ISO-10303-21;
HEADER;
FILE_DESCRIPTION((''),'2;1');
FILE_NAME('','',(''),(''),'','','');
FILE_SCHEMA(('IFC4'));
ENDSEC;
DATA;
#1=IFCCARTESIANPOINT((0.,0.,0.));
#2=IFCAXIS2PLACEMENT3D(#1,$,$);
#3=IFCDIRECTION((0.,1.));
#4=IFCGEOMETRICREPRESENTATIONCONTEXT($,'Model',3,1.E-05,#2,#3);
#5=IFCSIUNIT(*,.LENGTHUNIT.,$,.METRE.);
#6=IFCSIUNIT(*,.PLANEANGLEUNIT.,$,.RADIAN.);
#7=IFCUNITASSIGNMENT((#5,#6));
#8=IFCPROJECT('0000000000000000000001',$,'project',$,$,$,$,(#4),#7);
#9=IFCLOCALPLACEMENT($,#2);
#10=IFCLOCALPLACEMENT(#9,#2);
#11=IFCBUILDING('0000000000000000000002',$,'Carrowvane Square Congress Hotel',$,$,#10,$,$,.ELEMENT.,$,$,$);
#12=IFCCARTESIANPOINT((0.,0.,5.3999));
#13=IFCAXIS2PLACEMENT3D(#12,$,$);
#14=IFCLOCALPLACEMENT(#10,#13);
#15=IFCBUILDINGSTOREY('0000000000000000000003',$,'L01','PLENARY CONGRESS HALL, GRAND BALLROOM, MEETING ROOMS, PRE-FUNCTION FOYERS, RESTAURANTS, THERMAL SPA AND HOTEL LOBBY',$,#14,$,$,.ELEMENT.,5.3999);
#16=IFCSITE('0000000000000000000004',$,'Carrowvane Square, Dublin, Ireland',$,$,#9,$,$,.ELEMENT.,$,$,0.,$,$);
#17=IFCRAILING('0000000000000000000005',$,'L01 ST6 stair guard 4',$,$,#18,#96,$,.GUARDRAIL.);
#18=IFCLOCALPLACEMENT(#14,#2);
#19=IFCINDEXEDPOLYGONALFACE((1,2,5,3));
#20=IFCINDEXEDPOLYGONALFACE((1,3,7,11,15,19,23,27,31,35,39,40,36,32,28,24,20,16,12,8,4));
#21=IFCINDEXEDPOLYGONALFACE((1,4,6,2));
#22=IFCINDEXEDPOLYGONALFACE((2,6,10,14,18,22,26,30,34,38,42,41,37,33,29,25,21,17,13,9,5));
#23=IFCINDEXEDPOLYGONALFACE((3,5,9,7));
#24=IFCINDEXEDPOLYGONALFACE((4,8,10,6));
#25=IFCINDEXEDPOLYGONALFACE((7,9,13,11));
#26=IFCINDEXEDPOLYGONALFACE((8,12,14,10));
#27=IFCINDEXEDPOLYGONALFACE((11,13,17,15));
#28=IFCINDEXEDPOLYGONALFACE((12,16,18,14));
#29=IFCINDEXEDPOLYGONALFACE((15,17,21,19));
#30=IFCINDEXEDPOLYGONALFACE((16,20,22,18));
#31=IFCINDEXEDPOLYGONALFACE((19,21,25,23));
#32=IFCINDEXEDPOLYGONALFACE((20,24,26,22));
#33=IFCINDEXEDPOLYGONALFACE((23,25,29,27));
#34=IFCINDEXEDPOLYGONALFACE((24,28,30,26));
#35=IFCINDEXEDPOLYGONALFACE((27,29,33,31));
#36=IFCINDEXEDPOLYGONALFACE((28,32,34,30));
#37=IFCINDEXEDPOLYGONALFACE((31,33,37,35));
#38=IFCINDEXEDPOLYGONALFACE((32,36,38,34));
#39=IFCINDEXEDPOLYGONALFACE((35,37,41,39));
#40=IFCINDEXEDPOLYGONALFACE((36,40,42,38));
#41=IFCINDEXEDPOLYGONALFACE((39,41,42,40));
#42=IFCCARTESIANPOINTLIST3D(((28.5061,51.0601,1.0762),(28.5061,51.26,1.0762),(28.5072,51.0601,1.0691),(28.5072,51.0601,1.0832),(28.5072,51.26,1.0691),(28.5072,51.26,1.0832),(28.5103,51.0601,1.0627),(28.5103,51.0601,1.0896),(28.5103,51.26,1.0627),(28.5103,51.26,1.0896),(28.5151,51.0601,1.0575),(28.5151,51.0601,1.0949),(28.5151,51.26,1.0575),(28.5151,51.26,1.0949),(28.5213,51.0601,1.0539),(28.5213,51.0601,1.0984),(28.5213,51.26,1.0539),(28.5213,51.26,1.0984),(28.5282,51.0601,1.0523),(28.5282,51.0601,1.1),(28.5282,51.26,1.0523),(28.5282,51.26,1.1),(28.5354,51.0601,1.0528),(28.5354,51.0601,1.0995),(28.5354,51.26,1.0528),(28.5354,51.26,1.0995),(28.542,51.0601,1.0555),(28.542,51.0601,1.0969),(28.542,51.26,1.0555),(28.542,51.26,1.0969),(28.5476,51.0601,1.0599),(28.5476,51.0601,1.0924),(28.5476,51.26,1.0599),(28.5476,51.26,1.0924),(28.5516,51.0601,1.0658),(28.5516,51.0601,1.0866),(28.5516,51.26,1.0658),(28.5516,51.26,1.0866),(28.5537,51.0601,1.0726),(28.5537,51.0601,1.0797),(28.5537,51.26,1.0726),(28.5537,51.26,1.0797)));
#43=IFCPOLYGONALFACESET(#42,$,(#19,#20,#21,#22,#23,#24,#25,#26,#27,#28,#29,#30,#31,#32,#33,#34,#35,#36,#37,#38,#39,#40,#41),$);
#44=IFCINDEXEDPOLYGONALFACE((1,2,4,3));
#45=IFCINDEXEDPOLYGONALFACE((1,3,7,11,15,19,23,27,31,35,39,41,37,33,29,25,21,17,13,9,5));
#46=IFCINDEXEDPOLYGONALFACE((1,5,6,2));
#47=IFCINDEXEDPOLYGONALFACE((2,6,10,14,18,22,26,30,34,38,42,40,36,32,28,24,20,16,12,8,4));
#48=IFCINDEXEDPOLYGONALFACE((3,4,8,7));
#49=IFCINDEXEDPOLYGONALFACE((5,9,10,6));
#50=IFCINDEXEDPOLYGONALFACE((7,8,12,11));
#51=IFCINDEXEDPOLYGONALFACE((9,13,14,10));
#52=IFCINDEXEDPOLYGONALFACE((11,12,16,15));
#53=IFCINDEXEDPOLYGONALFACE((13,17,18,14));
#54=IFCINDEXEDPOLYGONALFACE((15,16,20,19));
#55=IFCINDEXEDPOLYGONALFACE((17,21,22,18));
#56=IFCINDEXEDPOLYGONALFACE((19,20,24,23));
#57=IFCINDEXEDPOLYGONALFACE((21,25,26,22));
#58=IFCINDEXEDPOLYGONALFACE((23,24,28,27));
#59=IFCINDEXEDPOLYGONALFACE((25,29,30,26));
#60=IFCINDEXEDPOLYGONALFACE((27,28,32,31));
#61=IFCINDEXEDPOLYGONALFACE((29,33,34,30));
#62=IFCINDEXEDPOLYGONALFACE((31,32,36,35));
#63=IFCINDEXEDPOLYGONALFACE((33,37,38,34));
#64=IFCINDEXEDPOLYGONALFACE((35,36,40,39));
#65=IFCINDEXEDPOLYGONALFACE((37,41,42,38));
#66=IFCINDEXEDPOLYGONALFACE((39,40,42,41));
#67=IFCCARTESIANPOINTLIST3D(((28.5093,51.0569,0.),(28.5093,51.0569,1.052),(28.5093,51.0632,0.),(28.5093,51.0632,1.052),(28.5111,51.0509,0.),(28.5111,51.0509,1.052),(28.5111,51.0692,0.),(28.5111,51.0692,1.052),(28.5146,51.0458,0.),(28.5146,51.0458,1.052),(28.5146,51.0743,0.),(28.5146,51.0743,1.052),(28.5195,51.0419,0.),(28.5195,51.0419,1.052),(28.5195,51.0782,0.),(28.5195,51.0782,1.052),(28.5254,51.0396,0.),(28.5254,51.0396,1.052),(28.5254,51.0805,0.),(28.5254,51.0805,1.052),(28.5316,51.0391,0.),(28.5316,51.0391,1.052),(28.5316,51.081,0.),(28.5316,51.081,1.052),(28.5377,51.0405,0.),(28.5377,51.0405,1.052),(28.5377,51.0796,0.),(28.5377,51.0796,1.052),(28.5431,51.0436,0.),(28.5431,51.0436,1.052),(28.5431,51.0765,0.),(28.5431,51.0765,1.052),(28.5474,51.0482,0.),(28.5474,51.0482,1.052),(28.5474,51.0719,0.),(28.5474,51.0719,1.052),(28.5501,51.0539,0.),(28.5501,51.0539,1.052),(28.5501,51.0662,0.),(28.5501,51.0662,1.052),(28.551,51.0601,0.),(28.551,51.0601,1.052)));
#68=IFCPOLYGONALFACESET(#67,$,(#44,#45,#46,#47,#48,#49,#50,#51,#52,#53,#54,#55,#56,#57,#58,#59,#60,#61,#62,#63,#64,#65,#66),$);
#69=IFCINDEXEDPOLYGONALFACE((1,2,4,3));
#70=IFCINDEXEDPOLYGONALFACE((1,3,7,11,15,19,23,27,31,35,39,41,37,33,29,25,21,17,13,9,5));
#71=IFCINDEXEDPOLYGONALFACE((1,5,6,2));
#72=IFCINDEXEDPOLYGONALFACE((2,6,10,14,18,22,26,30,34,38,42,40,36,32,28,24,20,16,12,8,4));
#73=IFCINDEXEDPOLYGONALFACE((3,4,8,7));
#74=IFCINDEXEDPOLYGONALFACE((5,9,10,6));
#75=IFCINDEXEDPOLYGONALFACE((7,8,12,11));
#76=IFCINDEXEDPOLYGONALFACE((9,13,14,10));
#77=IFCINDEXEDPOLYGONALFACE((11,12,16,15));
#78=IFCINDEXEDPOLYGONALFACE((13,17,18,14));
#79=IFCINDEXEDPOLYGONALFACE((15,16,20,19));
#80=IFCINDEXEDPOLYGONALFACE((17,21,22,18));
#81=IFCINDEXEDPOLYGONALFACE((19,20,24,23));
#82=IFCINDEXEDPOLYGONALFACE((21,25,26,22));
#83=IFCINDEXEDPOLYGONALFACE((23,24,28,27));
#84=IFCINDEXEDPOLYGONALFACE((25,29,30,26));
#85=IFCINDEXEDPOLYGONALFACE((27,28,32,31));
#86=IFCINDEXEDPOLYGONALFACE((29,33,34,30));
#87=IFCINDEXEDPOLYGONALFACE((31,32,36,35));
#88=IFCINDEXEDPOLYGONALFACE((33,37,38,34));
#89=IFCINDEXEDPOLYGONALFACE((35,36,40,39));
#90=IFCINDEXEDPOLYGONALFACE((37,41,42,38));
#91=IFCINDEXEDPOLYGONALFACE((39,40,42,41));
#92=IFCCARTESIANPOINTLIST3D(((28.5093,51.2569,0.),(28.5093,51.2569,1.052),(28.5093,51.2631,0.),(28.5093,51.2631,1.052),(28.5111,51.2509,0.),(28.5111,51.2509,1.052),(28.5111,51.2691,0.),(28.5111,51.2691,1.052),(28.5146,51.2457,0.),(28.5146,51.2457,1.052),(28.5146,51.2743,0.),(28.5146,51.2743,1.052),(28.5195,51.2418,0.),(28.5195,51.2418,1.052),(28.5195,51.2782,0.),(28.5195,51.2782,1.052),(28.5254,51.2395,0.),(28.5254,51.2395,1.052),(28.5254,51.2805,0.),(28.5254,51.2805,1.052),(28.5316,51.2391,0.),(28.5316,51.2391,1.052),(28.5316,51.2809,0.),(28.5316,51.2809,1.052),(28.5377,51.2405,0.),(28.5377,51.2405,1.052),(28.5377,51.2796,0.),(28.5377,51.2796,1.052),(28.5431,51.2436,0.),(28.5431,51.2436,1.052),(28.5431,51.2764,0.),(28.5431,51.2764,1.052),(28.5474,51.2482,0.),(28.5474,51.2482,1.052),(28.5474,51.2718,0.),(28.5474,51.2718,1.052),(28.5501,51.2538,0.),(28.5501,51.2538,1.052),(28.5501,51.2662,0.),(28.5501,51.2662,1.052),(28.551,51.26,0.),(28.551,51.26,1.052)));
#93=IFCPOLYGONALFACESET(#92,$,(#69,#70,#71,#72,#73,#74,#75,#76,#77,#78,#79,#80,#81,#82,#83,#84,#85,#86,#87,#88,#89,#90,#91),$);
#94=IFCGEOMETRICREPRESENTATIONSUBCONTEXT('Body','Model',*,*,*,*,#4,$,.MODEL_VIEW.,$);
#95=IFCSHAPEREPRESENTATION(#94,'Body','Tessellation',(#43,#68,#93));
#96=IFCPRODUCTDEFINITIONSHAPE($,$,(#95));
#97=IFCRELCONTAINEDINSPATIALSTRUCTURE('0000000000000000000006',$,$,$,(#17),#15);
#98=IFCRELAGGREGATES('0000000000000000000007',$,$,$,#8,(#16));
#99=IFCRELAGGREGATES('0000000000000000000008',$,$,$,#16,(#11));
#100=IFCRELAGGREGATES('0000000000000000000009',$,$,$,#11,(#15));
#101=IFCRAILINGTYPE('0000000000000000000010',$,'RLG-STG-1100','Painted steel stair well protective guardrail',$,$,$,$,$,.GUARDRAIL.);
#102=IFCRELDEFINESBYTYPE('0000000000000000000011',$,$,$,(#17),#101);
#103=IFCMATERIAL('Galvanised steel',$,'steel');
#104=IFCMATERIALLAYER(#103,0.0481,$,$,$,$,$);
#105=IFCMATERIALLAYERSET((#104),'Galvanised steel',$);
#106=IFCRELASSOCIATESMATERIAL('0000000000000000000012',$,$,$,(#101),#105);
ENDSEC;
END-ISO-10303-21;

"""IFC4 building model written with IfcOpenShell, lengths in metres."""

from ifc_helpers import new_model, si_unit, direction, frame, origin, origin_2d, place, context, subcontext, project, spatial, circle, extrude, material, layer, layer_set, type_object, element, save


model = new_model("IFC4")

# Units and contexts
model_context = context("Model", 3, precision=1e-05, world=origin(), true_north=direction((0.0, 1.0)))
body_context = subcontext(model_context, "Body", "Model", "MODEL_VIEW")
ifc_project = project(units=[si_unit("LENGTHUNIT", "METRE"), si_unit("PLANEANGLEUNIT", "RADIAN")], contexts=[model_context])

# Site, building, storey
site_placement = place(None, origin())
site = spatial("IfcSite", under=ifc_project, at=site_placement, Name="Carrowvane Square, Dublin, Ireland", CompositionType="ELEMENT", RefElevation=0.0)
building_placement = place(site_placement, origin())
building = spatial("IfcBuilding", under=site, at=building_placement, Name="Carrowvane Square Congress Hotel", CompositionType="ELEMENT")
storey_placement = place(building_placement, frame((0.0, 0.0, 5.3999)))
storey = spatial("IfcBuildingStorey", under=building, at=storey_placement, Name="L01", Description="PLENARY CONGRESS HALL, GRAND BALLROOM, MEETING ROOMS, PRE-FUNCTION FOYERS, RESTAURANTS, THERMAL SPA AND HOTEL LOBBY", CompositionType="ELEMENT", Elevation=5.3999)

# Railing
ifc_material_1 = material(Name="Galvanised steel", Category="steel")
ifc_layer_1 = layer(ifc_material_1, 0.0481)
ifc_layer_set_1 = layer_set([ifc_layer_1], Name="Galvanised steel")
railing_type_1 = type_object("IfcRailingType", Name="RLG-STG-1100", Description="Painted steel stair well protective guardrail", PredefinedType="GUARDRAIL", material=ifc_layer_set_1)
railing_1_placement = place(storey_placement, frame((28.53, 51.0601, 0.0)))
element("IfcRailing", 1, at=railing_1_placement, inside=storey, type_object=railing_type_1, Name="L01 ST6 stair guard 4", PredefinedType="GUARDRAIL", context=body_context, shape_type="SweptSolid", body=[
    extrude(circle(Radius=0.0239, at=origin_2d()), frame((0.0, 0.0, 1.0762), z_axis=(0.0, 1.0, 0.0), x_axis=(-1.0, 0.0, 0.0)), (0.0, 0.0, 1.0), 0.2),
    extrude(circle(Radius=0.021, at=origin_2d()), origin(), (0.0, 0.0, 1.0), 1.052),
    extrude(circle(Radius=0.021, at=origin_2d()), frame((0.0, 0.2, 0.0)), (0.0, 0.0, 1.0), 1.052),
])

save(model, "model.ifc")
